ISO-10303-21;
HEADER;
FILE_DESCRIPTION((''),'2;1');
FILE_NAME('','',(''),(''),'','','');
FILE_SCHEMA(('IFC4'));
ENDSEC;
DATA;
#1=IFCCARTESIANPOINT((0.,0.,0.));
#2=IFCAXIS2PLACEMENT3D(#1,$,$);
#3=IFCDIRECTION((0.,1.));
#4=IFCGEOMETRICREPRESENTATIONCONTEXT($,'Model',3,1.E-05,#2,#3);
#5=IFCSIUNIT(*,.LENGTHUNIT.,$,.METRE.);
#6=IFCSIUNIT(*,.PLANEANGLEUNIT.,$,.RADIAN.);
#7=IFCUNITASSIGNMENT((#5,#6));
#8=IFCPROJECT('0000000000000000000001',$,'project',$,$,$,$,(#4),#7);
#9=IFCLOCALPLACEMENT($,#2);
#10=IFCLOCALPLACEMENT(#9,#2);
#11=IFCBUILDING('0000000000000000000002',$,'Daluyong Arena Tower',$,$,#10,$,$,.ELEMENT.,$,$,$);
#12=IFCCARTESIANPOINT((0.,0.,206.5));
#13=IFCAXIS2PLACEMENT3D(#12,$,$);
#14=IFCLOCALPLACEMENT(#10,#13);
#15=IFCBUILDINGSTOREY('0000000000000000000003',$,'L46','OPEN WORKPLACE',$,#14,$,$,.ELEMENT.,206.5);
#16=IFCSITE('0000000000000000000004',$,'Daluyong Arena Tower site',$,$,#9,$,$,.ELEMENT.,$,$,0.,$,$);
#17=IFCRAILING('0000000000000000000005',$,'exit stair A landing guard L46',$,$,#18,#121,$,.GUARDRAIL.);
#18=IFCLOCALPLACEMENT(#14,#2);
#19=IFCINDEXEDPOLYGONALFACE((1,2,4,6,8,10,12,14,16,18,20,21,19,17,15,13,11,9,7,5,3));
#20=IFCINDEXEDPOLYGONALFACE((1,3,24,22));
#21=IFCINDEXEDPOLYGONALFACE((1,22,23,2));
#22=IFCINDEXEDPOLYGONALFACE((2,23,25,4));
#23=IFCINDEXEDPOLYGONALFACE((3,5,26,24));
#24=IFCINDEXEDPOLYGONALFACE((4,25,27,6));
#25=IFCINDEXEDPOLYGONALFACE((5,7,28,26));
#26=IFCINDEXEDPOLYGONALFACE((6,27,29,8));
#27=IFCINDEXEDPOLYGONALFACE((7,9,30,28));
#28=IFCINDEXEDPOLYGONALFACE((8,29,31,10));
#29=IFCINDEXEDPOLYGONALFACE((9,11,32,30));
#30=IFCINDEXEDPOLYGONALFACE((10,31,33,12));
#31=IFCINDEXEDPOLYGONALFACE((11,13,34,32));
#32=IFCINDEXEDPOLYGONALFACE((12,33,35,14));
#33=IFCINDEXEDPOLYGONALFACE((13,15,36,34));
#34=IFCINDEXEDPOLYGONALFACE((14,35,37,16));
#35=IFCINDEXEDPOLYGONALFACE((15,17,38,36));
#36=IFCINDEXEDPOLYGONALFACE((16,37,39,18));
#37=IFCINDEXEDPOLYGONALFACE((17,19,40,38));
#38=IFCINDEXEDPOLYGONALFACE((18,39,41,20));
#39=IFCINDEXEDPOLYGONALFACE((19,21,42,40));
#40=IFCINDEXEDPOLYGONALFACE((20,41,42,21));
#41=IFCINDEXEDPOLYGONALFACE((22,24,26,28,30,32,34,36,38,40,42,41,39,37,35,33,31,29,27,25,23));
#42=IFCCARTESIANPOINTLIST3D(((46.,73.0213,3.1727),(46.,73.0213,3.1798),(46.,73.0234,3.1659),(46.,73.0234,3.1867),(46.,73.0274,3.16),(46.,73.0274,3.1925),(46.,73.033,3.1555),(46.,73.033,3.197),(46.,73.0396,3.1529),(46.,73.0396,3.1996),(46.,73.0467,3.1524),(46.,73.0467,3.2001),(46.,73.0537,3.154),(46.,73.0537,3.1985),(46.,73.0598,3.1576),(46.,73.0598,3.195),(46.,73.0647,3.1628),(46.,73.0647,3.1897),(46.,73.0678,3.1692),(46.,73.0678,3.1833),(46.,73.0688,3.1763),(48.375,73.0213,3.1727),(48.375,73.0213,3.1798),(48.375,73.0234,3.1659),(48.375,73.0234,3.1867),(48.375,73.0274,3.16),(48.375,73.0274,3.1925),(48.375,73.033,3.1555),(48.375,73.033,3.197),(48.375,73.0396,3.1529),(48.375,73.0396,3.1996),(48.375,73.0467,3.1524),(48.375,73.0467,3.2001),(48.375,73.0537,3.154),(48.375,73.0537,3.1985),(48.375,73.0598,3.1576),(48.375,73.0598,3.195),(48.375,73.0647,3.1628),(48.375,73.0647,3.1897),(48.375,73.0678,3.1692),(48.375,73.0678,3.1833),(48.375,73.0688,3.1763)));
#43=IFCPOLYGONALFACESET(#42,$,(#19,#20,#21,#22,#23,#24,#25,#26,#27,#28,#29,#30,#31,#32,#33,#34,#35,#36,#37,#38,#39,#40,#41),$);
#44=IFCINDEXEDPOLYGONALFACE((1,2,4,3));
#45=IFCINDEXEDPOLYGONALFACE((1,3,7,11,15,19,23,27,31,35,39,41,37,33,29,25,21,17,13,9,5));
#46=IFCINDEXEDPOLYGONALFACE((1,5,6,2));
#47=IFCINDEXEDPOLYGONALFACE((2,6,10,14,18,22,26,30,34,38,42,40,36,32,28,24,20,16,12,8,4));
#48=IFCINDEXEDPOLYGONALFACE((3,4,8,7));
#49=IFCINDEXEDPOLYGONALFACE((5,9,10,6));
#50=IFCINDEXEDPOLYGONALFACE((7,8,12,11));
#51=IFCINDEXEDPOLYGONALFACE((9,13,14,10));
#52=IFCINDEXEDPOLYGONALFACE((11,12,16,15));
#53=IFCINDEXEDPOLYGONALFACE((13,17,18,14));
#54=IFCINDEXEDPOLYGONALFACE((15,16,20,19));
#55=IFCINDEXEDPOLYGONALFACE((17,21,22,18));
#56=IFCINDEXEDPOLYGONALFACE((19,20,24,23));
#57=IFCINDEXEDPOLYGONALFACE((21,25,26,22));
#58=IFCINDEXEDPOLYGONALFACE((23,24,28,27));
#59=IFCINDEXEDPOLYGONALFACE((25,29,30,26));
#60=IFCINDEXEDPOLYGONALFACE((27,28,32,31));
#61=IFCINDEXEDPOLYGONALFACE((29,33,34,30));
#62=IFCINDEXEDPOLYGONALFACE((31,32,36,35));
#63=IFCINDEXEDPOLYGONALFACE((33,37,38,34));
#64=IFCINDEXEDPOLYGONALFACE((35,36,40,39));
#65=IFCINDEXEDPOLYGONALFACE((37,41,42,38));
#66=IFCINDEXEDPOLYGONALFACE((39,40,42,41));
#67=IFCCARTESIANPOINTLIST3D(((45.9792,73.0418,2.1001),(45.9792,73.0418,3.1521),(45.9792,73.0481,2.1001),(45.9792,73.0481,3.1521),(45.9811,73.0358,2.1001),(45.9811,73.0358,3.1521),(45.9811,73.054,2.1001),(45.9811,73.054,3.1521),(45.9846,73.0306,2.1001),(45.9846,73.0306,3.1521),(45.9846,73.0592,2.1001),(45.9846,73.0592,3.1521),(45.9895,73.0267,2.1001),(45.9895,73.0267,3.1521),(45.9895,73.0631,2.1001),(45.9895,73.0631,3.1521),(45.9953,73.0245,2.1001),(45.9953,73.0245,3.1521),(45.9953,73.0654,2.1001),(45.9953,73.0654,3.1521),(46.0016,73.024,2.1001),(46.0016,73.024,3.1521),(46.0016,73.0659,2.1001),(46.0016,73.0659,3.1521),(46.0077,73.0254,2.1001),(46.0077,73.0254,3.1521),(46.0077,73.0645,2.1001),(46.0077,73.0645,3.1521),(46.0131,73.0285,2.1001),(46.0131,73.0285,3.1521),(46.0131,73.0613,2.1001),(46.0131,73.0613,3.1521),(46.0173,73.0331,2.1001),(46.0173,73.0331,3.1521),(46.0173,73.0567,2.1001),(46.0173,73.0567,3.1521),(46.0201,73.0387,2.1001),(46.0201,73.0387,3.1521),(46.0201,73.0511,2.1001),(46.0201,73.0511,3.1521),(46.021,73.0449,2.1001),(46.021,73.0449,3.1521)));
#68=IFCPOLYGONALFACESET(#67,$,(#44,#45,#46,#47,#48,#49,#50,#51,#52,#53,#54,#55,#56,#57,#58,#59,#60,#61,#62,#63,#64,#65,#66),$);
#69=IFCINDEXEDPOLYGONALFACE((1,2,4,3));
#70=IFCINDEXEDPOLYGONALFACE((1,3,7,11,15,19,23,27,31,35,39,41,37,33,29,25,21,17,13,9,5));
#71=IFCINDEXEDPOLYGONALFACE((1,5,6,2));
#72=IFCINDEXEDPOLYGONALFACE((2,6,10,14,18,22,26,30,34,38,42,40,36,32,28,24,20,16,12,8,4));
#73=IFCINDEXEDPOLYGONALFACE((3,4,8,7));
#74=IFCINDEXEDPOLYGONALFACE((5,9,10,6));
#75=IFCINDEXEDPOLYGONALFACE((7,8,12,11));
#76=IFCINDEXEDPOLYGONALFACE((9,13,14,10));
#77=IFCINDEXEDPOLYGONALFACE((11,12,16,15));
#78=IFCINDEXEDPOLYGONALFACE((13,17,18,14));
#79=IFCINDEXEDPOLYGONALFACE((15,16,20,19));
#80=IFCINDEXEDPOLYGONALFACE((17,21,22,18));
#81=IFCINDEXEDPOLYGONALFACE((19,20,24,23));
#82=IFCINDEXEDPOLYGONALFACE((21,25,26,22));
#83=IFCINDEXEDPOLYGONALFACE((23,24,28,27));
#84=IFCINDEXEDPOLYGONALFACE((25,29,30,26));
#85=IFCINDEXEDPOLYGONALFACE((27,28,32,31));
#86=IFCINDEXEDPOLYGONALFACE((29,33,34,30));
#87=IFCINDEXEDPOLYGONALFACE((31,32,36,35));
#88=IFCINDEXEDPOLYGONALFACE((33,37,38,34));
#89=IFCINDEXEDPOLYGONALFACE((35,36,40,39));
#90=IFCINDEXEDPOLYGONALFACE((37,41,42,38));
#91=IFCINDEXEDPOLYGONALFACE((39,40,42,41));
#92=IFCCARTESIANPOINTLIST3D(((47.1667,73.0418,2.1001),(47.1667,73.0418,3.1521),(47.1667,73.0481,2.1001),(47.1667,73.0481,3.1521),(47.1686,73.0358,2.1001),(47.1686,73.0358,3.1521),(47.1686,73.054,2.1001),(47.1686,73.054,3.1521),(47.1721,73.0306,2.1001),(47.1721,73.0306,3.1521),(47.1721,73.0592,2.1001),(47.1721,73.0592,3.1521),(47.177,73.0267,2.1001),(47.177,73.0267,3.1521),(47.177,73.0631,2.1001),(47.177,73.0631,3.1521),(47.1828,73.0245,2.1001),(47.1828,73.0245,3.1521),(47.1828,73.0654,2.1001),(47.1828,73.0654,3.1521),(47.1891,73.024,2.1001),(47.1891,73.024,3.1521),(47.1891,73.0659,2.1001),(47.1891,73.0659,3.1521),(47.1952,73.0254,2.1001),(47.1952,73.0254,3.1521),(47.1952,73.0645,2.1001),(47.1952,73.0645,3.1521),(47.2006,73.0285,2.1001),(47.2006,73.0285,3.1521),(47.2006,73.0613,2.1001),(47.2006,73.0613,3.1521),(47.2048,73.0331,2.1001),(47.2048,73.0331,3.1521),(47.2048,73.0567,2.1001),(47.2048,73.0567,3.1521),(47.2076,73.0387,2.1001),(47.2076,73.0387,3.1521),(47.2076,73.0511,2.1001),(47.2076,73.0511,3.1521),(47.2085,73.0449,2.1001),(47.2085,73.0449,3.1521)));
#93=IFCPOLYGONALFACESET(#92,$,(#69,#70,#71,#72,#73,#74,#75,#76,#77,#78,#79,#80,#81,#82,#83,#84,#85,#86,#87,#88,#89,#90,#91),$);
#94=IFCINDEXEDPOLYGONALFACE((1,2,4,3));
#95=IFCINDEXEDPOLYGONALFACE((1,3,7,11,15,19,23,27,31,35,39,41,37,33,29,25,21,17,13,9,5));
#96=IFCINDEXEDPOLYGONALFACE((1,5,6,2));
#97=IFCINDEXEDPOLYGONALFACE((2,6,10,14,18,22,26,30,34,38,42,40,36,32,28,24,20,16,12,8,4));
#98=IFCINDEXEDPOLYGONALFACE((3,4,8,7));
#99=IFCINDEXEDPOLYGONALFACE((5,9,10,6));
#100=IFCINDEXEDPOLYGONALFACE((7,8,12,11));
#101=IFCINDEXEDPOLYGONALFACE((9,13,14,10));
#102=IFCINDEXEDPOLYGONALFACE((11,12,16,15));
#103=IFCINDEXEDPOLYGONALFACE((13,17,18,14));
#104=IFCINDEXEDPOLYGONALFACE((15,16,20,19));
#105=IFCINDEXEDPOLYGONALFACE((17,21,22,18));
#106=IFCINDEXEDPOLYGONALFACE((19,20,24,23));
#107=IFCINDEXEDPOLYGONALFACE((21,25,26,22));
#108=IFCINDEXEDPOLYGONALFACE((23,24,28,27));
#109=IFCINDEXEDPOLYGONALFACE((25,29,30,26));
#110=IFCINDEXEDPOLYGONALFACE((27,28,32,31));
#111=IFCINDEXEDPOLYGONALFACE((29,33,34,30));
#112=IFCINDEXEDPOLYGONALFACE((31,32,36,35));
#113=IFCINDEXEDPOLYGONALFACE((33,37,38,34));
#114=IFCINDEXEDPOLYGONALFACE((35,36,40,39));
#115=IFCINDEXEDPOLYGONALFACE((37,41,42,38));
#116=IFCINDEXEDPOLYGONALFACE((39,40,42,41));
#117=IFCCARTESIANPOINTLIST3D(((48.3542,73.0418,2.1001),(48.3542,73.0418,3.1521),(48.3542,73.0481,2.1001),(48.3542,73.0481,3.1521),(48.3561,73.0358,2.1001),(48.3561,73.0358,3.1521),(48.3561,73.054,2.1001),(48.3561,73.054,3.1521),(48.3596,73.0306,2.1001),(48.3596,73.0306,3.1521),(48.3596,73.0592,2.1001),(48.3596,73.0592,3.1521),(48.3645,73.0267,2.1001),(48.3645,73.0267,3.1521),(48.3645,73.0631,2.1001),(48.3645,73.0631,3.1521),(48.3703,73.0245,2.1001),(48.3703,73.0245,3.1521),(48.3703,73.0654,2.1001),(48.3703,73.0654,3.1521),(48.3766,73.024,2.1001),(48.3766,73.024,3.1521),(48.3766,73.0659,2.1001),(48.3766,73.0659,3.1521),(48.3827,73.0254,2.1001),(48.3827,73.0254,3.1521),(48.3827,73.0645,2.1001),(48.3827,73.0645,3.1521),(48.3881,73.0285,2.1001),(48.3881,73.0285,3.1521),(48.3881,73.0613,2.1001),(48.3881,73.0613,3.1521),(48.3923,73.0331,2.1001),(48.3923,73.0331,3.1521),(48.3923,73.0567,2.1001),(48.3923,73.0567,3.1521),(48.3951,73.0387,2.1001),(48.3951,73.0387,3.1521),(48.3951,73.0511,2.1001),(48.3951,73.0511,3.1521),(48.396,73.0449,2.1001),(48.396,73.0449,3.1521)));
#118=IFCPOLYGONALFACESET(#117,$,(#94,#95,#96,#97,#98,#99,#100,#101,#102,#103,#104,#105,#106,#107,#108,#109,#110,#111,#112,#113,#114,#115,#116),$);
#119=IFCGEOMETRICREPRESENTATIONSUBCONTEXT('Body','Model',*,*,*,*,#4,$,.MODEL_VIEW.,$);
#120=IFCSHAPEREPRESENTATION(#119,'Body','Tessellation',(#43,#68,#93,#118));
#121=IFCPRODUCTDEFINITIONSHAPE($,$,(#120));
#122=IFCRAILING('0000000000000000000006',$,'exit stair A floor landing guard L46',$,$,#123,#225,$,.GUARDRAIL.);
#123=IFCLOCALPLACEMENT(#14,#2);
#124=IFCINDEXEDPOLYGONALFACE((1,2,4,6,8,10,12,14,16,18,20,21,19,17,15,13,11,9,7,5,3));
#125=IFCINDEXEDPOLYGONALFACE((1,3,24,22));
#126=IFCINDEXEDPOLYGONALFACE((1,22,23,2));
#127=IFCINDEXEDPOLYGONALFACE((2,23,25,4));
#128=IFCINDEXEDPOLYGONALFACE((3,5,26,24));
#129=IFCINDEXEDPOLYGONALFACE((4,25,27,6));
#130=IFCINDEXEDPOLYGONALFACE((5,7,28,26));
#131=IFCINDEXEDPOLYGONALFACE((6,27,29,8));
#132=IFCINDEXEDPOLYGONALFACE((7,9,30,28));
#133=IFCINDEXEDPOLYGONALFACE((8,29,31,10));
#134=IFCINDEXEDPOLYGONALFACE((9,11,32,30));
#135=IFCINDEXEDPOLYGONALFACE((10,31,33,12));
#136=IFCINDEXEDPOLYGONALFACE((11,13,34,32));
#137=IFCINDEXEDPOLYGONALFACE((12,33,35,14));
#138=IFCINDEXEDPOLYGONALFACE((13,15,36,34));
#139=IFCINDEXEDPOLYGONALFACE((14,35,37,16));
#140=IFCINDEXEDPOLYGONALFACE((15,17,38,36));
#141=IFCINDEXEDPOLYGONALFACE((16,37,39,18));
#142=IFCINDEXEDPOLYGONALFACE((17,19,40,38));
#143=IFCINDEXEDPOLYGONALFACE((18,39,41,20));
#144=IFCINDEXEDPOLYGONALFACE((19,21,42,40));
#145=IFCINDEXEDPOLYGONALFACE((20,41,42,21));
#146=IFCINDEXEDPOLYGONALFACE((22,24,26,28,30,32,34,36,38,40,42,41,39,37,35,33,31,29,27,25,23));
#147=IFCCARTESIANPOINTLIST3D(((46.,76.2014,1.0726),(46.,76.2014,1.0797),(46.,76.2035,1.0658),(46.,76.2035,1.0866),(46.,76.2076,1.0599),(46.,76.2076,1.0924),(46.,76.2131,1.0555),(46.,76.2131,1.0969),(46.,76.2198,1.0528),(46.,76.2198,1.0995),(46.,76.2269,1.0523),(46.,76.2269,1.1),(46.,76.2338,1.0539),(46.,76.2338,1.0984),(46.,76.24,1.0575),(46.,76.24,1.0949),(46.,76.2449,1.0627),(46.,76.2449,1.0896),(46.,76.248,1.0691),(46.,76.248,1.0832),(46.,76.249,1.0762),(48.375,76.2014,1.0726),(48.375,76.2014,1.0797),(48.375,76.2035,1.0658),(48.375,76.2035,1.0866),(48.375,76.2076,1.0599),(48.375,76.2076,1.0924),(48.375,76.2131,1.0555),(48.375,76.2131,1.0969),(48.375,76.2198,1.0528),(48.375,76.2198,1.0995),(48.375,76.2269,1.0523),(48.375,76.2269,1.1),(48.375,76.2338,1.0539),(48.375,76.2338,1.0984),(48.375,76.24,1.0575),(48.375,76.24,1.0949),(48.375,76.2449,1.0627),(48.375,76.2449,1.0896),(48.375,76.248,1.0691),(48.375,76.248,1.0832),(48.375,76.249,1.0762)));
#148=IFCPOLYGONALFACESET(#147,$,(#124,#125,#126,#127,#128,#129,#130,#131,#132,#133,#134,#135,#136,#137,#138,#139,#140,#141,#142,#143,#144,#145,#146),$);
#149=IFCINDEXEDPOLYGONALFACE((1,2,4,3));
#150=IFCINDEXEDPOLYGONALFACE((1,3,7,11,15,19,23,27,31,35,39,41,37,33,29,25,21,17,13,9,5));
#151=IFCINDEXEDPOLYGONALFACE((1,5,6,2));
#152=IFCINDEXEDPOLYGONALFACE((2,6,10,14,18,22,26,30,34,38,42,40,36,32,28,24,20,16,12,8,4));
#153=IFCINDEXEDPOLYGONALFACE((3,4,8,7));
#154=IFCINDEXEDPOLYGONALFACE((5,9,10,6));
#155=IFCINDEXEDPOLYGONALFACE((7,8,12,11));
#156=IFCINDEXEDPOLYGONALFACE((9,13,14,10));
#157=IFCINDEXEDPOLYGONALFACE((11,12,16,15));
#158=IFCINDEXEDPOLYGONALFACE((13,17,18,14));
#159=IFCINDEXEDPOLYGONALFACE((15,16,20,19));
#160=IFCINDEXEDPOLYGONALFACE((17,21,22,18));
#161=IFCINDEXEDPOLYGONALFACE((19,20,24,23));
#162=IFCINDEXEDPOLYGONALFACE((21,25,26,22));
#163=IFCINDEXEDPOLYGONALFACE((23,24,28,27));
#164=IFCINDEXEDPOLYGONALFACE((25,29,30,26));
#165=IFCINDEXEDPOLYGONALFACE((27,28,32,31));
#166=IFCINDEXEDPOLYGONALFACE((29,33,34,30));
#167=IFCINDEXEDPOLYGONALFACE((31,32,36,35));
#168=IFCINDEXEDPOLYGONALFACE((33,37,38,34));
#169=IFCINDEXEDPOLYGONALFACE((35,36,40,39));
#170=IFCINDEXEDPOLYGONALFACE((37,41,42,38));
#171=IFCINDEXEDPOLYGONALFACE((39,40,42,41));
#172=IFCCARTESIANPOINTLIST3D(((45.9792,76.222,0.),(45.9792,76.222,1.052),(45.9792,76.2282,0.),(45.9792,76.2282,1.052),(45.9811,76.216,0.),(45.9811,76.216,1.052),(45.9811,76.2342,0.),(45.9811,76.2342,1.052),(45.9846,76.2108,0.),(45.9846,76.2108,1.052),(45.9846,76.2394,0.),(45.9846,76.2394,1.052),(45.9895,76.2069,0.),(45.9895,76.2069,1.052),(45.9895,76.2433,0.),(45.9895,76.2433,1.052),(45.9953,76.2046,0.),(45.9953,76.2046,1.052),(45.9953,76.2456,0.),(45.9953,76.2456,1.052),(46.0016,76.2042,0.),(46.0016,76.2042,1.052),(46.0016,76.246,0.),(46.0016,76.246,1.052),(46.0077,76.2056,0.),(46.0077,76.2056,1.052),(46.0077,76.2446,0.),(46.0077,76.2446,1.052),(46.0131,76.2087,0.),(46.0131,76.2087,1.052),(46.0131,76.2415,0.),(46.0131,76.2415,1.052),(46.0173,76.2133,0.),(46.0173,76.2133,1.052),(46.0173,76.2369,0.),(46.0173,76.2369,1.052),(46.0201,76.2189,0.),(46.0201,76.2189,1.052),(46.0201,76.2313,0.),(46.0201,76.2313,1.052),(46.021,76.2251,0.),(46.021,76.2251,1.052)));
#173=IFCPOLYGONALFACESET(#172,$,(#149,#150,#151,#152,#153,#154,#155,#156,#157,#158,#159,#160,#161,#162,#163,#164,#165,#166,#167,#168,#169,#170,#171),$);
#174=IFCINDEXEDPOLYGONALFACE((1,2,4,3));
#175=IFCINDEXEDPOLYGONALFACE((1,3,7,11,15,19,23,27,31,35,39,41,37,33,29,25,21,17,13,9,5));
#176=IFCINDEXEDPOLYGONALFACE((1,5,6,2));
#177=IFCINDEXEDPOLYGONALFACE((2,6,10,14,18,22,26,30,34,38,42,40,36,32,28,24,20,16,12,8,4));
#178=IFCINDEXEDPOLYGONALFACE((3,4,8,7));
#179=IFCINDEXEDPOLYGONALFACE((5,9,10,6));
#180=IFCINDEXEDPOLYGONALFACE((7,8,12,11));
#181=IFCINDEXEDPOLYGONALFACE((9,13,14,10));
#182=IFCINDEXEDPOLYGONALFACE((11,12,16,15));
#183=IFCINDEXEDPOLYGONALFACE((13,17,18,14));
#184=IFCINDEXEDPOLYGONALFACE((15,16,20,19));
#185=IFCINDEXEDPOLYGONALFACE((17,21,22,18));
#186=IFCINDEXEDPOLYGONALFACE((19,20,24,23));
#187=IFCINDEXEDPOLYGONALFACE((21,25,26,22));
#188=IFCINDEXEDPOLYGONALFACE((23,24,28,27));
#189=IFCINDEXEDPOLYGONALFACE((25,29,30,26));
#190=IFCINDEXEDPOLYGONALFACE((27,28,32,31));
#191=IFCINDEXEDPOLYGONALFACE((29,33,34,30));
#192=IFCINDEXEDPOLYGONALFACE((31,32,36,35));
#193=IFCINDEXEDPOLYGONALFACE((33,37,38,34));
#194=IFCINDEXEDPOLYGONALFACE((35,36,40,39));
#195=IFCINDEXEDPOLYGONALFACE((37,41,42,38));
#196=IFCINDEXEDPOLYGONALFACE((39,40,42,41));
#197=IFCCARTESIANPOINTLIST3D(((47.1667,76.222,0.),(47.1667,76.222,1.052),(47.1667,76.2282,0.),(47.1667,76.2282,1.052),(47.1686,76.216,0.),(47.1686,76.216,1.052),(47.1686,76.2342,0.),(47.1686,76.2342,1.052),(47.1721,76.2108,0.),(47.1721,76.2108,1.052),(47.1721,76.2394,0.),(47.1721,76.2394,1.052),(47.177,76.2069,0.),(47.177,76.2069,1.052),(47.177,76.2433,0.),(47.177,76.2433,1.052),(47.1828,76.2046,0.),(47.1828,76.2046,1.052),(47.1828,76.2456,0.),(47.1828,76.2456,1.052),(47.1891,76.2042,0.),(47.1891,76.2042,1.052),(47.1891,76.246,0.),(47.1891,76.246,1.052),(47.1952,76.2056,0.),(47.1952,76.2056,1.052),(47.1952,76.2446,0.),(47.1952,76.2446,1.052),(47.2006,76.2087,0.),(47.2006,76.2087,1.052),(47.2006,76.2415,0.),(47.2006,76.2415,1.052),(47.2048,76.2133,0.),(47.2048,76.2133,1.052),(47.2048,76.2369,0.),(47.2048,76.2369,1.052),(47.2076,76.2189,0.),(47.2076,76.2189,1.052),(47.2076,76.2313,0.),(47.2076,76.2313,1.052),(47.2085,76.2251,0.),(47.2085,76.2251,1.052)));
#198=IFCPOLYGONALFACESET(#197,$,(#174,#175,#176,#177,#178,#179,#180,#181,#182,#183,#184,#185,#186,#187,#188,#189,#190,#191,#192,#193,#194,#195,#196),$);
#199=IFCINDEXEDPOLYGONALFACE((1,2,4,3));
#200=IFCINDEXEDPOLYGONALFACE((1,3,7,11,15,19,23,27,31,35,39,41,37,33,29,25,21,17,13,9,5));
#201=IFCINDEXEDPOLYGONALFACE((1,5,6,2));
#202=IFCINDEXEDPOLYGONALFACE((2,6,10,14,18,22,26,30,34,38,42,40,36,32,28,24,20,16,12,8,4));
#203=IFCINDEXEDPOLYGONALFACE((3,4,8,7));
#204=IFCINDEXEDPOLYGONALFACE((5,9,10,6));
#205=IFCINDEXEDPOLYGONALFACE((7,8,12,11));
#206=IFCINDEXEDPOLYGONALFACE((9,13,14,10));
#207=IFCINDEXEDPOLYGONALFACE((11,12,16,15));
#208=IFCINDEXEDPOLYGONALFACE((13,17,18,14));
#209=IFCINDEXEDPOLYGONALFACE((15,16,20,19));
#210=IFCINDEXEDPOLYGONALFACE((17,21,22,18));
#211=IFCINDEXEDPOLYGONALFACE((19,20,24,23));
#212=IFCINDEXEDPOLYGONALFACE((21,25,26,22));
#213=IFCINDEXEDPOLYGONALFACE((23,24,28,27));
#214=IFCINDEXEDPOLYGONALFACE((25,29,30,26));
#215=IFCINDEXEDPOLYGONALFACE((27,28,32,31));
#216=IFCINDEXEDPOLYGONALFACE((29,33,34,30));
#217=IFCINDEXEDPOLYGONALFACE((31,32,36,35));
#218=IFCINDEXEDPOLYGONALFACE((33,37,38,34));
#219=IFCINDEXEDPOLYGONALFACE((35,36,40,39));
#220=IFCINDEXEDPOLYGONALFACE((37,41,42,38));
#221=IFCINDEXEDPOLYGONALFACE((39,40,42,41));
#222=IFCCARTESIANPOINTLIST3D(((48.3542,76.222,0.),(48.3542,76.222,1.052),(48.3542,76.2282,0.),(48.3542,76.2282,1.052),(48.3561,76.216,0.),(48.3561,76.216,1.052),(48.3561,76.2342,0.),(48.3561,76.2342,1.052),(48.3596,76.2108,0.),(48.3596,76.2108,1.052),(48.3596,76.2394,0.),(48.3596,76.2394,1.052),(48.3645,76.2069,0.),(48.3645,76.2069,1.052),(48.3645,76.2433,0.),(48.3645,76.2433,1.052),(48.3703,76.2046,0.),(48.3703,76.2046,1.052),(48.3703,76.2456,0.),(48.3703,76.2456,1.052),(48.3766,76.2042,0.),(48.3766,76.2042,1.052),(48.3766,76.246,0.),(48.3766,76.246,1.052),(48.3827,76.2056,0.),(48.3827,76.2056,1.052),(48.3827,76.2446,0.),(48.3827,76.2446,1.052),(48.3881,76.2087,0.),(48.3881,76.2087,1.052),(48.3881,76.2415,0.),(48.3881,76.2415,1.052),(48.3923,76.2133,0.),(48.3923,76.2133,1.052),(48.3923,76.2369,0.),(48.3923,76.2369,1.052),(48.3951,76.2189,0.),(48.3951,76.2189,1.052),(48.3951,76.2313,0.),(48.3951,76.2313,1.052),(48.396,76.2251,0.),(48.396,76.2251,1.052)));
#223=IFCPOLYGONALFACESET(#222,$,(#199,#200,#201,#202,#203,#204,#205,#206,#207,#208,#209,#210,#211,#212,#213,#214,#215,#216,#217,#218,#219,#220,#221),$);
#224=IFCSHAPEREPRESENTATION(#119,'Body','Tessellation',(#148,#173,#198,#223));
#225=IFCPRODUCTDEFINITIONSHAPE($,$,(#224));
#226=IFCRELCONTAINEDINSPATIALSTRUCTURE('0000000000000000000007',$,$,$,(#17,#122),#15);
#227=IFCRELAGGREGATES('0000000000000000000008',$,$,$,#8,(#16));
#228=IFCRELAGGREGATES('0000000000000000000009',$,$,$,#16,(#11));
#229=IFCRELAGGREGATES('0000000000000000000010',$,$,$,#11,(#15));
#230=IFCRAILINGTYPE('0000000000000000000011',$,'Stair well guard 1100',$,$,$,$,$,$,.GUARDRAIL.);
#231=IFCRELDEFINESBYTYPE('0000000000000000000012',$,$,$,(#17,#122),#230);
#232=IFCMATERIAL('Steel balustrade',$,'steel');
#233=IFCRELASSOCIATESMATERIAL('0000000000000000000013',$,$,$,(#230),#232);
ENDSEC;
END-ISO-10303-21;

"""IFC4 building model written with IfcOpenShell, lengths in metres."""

from ifc_helpers import new_model, si_unit, direction, frame, origin, origin_2d, place, context, subcontext, project, spatial, circle, extrude, material, type_object, element, save


model = new_model("IFC4")

# Units and contexts
model_context = context("Model", 3, precision=1e-05, world=origin(), true_north=direction((0.0, 1.0)))
body_context = subcontext(model_context, "Body", "Model", "MODEL_VIEW")
ifc_project = project(units=[si_unit("LENGTHUNIT", "METRE"), si_unit("PLANEANGLEUNIT", "RADIAN")], contexts=[model_context])

# Site, building, storey
site_placement = place(None, origin())
site = spatial("IfcSite", under=ifc_project, at=site_placement, Name="Daluyong Arena Tower site", CompositionType="ELEMENT", RefElevation=0.0)
building_placement = place(site_placement, origin())
building = spatial("IfcBuilding", under=site, at=building_placement, Name="Daluyong Arena Tower", CompositionType="ELEMENT")
storey_placement = place(building_placement, frame((0.0, 0.0, 206.5)))
storey = spatial("IfcBuildingStorey", under=building, at=storey_placement, Name="L46", Description="OPEN WORKPLACE", CompositionType="ELEMENT", Elevation=206.5)

# Railings
ifc_material_1 = material(Name="Steel balustrade", Category="steel")
railing_type_1 = type_object("IfcRailingType", Name="Stair well guard 1100", PredefinedType="GUARDRAIL", material=ifc_material_1)
for number, where, name in (
    (1, (46.0, 73.0449, 2.1001), "exit stair A landing guard L46"),
    (2, (46.0, 76.2251, 0.0), "exit stair A floor landing guard L46"),
):
    element("IfcRailing", number, at=place(storey_placement, frame(where)), inside=storey, type_object=railing_type_1, Name=name, PredefinedType="GUARDRAIL", context=body_context, shape_type="SweptSolid", body=[
        extrude(circle(Radius=0.0239, at=origin_2d()), frame((0.0, 0.0, 1.0762), z_axis=(1.0, 0.0, 0.0), x_axis=(0.0, 1.0, 0.0)), (0.0, 0.0, 1.0), 2.375),
        extrude(circle(Radius=0.021, at=origin_2d()), origin(), (0.0, 0.0, 1.0), 1.052),
        extrude(circle(Radius=0.021, at=origin_2d()), frame((1.1875, 0.0, 0.0)), (0.0, 0.0, 1.0), 1.052),
        extrude(circle(Radius=0.021, at=origin_2d()), frame((2.375, 0.0, 0.0)), (0.0, 0.0, 1.0), 1.052),
    ])

save(model, "model.ifc")
